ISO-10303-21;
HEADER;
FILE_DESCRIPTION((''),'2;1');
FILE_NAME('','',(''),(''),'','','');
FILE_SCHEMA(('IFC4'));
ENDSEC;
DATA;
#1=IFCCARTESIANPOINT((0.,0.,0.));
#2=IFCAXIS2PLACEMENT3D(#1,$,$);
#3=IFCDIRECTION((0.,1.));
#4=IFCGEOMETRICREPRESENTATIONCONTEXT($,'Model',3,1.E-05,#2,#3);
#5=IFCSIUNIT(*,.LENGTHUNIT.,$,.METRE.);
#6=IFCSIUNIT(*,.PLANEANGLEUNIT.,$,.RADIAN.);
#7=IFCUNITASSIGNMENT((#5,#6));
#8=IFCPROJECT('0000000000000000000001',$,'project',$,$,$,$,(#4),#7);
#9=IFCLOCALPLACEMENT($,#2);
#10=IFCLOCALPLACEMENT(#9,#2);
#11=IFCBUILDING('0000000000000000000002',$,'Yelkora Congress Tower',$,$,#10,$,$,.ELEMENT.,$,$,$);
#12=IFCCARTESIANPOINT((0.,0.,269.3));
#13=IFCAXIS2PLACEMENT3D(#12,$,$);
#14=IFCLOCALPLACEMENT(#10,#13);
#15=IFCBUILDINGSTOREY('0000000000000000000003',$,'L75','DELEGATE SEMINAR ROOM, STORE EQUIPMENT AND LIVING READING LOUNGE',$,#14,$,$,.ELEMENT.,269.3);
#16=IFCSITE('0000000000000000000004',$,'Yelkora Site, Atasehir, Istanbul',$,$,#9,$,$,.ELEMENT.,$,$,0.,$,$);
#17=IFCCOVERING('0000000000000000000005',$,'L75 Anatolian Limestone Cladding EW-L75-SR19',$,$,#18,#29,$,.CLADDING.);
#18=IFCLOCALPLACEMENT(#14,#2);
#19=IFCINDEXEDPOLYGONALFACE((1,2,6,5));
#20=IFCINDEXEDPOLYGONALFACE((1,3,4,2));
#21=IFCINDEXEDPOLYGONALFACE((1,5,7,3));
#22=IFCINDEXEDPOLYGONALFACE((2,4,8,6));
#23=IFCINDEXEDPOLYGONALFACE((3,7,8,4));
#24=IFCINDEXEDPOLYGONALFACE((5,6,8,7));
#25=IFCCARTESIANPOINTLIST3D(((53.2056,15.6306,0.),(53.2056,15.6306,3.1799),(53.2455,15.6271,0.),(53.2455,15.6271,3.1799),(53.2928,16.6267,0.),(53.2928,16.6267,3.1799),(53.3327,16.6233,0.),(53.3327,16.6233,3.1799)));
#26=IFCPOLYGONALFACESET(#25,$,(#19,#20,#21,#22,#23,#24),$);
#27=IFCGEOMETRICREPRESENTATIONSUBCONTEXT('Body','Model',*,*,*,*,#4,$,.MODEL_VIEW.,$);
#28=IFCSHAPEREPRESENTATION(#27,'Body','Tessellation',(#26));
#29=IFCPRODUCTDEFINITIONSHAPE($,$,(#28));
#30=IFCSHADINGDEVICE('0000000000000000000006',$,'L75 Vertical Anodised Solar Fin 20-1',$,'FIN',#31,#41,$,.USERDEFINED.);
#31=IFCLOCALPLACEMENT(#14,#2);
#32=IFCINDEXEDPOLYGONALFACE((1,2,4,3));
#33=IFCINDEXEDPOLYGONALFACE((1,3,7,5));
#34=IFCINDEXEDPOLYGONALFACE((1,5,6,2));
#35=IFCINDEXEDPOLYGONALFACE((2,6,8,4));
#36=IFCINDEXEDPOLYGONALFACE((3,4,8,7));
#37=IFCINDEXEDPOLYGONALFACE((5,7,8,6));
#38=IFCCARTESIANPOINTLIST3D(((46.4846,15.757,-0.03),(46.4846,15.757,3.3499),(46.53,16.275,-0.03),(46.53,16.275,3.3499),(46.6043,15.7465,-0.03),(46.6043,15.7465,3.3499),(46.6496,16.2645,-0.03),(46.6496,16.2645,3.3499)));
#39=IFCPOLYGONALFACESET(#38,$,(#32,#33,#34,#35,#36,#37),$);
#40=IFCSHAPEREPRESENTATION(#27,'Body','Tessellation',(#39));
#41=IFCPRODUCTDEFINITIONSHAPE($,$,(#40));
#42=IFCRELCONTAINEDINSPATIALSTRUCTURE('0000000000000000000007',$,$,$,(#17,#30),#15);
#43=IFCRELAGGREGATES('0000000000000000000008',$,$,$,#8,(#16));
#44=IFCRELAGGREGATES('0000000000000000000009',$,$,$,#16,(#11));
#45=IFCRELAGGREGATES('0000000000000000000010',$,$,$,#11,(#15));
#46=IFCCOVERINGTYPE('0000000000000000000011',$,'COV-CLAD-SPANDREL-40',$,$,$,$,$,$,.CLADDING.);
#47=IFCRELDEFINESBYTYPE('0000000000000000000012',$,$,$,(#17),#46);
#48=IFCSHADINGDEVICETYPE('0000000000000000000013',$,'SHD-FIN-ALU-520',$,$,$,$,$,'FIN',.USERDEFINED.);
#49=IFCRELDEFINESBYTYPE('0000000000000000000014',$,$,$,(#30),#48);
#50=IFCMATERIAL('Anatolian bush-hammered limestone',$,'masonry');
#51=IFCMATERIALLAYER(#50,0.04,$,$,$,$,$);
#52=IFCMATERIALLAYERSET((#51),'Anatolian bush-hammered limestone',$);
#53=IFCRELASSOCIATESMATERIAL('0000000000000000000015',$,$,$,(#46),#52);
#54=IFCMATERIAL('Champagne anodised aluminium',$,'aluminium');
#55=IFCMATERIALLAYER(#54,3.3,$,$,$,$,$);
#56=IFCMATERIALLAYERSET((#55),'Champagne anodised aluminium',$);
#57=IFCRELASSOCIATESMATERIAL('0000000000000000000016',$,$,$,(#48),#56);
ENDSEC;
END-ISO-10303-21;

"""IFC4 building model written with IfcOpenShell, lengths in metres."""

from ifc_helpers import new_model, si_unit, direction, frame, frame_2d, origin, origin_2d, place, context, subcontext, project, spatial, rectangle, extrude, material, layer, layer_set, type_object, element, save


model = new_model("IFC4")

# Units and contexts
model_context = context("Model", 3, precision=1e-05, world=origin(), true_north=direction((0.0, 1.0)))
body_context = subcontext(model_context, "Body", "Model", "MODEL_VIEW")
ifc_project = project(units=[si_unit("LENGTHUNIT", "METRE"), si_unit("PLANEANGLEUNIT", "RADIAN")], contexts=[model_context])

# Site, building, storey
site_placement = place(None, origin())
site = spatial("IfcSite", under=ifc_project, at=site_placement, Name="Yelkora Site, Atasehir, Istanbul", CompositionType="ELEMENT", RefElevation=0.0)
building_placement = place(site_placement, origin())
building = spatial("IfcBuilding", under=site, at=building_placement, Name="Yelkora Congress Tower", CompositionType="ELEMENT")
storey_placement = place(building_placement, frame((0.0, 0.0, 269.3)))
storey = spatial("IfcBuildingStorey", under=building, at=storey_placement, Name="L75", Description="DELEGATE SEMINAR ROOM, STORE EQUIPMENT AND LIVING READING LOUNGE", CompositionType="ELEMENT", Elevation=269.3)

# Covering
ifc_material_1 = material(Name="Anatolian bush-hammered limestone", Category="masonry")
ifc_layer_1 = layer(ifc_material_1, 0.04)
ifc_layer_set_1 = layer_set([ifc_layer_1], Name="Anatolian bush-hammered limestone")
covering_type = type_object("IfcCoveringType", Name="COV-CLAD-SPANDREL-40", PredefinedType="CLADDING", material=ifc_layer_set_1)
covering_1_placement = place(storey_placement, frame((53.3127, 16.625, 0.0), z_axis=(0.0, 0.0, 1.0), x_axis=(-0.087167, -0.996194, 0.0)))
element("IfcCovering", 1, at=covering_1_placement, inside=storey, type_object=covering_type, Name="L75 Anatolian Limestone Cladding EW-L75-SR19", PredefinedType="CLADDING", context=body_context, shape_type="SweptSolid", body=[
    extrude(rectangle(XDim=1.0, YDim=0.04, at=frame_2d((0.5, 0.0))), origin(), (0.0, 0.0, 1.0), 3.1799),
])

# Shading device
ifc_material_2 = material(Name="Champagne anodised aluminium", Category="aluminium")
ifc_layer_2 = layer(ifc_material_2, 3.3)
ifc_layer_set_2 = layer_set([ifc_layer_2], Name="Champagne anodised aluminium")
shading_device_type = type_object("IfcShadingDeviceType", Name="SHD-FIN-ALU-520", ElementType="FIN", PredefinedType="USERDEFINED", material=ifc_layer_set_2)
shading_device_placement = place(storey_placement, frame((46.5671, 16.0107, -0.03), z_axis=(0.0, 0.0, 1.0), x_axis=(-0.996195, 0.087156, 0.0)))
element("IfcShadingDevice", 2, at=shading_device_placement, inside=storey, type_object=shading_device_type, Name="L75 Vertical Anodised Solar Fin 20-1", ObjectType="FIN", PredefinedType="USERDEFINED", context=body_context, shape_type="SweptSolid", body=[
    extrude(rectangle(XDim=0.1201, YDim=0.52, at=origin_2d()), origin(), (0.0, 0.0, 1.0), 3.3799),
])

save(model, "model.ifc")
